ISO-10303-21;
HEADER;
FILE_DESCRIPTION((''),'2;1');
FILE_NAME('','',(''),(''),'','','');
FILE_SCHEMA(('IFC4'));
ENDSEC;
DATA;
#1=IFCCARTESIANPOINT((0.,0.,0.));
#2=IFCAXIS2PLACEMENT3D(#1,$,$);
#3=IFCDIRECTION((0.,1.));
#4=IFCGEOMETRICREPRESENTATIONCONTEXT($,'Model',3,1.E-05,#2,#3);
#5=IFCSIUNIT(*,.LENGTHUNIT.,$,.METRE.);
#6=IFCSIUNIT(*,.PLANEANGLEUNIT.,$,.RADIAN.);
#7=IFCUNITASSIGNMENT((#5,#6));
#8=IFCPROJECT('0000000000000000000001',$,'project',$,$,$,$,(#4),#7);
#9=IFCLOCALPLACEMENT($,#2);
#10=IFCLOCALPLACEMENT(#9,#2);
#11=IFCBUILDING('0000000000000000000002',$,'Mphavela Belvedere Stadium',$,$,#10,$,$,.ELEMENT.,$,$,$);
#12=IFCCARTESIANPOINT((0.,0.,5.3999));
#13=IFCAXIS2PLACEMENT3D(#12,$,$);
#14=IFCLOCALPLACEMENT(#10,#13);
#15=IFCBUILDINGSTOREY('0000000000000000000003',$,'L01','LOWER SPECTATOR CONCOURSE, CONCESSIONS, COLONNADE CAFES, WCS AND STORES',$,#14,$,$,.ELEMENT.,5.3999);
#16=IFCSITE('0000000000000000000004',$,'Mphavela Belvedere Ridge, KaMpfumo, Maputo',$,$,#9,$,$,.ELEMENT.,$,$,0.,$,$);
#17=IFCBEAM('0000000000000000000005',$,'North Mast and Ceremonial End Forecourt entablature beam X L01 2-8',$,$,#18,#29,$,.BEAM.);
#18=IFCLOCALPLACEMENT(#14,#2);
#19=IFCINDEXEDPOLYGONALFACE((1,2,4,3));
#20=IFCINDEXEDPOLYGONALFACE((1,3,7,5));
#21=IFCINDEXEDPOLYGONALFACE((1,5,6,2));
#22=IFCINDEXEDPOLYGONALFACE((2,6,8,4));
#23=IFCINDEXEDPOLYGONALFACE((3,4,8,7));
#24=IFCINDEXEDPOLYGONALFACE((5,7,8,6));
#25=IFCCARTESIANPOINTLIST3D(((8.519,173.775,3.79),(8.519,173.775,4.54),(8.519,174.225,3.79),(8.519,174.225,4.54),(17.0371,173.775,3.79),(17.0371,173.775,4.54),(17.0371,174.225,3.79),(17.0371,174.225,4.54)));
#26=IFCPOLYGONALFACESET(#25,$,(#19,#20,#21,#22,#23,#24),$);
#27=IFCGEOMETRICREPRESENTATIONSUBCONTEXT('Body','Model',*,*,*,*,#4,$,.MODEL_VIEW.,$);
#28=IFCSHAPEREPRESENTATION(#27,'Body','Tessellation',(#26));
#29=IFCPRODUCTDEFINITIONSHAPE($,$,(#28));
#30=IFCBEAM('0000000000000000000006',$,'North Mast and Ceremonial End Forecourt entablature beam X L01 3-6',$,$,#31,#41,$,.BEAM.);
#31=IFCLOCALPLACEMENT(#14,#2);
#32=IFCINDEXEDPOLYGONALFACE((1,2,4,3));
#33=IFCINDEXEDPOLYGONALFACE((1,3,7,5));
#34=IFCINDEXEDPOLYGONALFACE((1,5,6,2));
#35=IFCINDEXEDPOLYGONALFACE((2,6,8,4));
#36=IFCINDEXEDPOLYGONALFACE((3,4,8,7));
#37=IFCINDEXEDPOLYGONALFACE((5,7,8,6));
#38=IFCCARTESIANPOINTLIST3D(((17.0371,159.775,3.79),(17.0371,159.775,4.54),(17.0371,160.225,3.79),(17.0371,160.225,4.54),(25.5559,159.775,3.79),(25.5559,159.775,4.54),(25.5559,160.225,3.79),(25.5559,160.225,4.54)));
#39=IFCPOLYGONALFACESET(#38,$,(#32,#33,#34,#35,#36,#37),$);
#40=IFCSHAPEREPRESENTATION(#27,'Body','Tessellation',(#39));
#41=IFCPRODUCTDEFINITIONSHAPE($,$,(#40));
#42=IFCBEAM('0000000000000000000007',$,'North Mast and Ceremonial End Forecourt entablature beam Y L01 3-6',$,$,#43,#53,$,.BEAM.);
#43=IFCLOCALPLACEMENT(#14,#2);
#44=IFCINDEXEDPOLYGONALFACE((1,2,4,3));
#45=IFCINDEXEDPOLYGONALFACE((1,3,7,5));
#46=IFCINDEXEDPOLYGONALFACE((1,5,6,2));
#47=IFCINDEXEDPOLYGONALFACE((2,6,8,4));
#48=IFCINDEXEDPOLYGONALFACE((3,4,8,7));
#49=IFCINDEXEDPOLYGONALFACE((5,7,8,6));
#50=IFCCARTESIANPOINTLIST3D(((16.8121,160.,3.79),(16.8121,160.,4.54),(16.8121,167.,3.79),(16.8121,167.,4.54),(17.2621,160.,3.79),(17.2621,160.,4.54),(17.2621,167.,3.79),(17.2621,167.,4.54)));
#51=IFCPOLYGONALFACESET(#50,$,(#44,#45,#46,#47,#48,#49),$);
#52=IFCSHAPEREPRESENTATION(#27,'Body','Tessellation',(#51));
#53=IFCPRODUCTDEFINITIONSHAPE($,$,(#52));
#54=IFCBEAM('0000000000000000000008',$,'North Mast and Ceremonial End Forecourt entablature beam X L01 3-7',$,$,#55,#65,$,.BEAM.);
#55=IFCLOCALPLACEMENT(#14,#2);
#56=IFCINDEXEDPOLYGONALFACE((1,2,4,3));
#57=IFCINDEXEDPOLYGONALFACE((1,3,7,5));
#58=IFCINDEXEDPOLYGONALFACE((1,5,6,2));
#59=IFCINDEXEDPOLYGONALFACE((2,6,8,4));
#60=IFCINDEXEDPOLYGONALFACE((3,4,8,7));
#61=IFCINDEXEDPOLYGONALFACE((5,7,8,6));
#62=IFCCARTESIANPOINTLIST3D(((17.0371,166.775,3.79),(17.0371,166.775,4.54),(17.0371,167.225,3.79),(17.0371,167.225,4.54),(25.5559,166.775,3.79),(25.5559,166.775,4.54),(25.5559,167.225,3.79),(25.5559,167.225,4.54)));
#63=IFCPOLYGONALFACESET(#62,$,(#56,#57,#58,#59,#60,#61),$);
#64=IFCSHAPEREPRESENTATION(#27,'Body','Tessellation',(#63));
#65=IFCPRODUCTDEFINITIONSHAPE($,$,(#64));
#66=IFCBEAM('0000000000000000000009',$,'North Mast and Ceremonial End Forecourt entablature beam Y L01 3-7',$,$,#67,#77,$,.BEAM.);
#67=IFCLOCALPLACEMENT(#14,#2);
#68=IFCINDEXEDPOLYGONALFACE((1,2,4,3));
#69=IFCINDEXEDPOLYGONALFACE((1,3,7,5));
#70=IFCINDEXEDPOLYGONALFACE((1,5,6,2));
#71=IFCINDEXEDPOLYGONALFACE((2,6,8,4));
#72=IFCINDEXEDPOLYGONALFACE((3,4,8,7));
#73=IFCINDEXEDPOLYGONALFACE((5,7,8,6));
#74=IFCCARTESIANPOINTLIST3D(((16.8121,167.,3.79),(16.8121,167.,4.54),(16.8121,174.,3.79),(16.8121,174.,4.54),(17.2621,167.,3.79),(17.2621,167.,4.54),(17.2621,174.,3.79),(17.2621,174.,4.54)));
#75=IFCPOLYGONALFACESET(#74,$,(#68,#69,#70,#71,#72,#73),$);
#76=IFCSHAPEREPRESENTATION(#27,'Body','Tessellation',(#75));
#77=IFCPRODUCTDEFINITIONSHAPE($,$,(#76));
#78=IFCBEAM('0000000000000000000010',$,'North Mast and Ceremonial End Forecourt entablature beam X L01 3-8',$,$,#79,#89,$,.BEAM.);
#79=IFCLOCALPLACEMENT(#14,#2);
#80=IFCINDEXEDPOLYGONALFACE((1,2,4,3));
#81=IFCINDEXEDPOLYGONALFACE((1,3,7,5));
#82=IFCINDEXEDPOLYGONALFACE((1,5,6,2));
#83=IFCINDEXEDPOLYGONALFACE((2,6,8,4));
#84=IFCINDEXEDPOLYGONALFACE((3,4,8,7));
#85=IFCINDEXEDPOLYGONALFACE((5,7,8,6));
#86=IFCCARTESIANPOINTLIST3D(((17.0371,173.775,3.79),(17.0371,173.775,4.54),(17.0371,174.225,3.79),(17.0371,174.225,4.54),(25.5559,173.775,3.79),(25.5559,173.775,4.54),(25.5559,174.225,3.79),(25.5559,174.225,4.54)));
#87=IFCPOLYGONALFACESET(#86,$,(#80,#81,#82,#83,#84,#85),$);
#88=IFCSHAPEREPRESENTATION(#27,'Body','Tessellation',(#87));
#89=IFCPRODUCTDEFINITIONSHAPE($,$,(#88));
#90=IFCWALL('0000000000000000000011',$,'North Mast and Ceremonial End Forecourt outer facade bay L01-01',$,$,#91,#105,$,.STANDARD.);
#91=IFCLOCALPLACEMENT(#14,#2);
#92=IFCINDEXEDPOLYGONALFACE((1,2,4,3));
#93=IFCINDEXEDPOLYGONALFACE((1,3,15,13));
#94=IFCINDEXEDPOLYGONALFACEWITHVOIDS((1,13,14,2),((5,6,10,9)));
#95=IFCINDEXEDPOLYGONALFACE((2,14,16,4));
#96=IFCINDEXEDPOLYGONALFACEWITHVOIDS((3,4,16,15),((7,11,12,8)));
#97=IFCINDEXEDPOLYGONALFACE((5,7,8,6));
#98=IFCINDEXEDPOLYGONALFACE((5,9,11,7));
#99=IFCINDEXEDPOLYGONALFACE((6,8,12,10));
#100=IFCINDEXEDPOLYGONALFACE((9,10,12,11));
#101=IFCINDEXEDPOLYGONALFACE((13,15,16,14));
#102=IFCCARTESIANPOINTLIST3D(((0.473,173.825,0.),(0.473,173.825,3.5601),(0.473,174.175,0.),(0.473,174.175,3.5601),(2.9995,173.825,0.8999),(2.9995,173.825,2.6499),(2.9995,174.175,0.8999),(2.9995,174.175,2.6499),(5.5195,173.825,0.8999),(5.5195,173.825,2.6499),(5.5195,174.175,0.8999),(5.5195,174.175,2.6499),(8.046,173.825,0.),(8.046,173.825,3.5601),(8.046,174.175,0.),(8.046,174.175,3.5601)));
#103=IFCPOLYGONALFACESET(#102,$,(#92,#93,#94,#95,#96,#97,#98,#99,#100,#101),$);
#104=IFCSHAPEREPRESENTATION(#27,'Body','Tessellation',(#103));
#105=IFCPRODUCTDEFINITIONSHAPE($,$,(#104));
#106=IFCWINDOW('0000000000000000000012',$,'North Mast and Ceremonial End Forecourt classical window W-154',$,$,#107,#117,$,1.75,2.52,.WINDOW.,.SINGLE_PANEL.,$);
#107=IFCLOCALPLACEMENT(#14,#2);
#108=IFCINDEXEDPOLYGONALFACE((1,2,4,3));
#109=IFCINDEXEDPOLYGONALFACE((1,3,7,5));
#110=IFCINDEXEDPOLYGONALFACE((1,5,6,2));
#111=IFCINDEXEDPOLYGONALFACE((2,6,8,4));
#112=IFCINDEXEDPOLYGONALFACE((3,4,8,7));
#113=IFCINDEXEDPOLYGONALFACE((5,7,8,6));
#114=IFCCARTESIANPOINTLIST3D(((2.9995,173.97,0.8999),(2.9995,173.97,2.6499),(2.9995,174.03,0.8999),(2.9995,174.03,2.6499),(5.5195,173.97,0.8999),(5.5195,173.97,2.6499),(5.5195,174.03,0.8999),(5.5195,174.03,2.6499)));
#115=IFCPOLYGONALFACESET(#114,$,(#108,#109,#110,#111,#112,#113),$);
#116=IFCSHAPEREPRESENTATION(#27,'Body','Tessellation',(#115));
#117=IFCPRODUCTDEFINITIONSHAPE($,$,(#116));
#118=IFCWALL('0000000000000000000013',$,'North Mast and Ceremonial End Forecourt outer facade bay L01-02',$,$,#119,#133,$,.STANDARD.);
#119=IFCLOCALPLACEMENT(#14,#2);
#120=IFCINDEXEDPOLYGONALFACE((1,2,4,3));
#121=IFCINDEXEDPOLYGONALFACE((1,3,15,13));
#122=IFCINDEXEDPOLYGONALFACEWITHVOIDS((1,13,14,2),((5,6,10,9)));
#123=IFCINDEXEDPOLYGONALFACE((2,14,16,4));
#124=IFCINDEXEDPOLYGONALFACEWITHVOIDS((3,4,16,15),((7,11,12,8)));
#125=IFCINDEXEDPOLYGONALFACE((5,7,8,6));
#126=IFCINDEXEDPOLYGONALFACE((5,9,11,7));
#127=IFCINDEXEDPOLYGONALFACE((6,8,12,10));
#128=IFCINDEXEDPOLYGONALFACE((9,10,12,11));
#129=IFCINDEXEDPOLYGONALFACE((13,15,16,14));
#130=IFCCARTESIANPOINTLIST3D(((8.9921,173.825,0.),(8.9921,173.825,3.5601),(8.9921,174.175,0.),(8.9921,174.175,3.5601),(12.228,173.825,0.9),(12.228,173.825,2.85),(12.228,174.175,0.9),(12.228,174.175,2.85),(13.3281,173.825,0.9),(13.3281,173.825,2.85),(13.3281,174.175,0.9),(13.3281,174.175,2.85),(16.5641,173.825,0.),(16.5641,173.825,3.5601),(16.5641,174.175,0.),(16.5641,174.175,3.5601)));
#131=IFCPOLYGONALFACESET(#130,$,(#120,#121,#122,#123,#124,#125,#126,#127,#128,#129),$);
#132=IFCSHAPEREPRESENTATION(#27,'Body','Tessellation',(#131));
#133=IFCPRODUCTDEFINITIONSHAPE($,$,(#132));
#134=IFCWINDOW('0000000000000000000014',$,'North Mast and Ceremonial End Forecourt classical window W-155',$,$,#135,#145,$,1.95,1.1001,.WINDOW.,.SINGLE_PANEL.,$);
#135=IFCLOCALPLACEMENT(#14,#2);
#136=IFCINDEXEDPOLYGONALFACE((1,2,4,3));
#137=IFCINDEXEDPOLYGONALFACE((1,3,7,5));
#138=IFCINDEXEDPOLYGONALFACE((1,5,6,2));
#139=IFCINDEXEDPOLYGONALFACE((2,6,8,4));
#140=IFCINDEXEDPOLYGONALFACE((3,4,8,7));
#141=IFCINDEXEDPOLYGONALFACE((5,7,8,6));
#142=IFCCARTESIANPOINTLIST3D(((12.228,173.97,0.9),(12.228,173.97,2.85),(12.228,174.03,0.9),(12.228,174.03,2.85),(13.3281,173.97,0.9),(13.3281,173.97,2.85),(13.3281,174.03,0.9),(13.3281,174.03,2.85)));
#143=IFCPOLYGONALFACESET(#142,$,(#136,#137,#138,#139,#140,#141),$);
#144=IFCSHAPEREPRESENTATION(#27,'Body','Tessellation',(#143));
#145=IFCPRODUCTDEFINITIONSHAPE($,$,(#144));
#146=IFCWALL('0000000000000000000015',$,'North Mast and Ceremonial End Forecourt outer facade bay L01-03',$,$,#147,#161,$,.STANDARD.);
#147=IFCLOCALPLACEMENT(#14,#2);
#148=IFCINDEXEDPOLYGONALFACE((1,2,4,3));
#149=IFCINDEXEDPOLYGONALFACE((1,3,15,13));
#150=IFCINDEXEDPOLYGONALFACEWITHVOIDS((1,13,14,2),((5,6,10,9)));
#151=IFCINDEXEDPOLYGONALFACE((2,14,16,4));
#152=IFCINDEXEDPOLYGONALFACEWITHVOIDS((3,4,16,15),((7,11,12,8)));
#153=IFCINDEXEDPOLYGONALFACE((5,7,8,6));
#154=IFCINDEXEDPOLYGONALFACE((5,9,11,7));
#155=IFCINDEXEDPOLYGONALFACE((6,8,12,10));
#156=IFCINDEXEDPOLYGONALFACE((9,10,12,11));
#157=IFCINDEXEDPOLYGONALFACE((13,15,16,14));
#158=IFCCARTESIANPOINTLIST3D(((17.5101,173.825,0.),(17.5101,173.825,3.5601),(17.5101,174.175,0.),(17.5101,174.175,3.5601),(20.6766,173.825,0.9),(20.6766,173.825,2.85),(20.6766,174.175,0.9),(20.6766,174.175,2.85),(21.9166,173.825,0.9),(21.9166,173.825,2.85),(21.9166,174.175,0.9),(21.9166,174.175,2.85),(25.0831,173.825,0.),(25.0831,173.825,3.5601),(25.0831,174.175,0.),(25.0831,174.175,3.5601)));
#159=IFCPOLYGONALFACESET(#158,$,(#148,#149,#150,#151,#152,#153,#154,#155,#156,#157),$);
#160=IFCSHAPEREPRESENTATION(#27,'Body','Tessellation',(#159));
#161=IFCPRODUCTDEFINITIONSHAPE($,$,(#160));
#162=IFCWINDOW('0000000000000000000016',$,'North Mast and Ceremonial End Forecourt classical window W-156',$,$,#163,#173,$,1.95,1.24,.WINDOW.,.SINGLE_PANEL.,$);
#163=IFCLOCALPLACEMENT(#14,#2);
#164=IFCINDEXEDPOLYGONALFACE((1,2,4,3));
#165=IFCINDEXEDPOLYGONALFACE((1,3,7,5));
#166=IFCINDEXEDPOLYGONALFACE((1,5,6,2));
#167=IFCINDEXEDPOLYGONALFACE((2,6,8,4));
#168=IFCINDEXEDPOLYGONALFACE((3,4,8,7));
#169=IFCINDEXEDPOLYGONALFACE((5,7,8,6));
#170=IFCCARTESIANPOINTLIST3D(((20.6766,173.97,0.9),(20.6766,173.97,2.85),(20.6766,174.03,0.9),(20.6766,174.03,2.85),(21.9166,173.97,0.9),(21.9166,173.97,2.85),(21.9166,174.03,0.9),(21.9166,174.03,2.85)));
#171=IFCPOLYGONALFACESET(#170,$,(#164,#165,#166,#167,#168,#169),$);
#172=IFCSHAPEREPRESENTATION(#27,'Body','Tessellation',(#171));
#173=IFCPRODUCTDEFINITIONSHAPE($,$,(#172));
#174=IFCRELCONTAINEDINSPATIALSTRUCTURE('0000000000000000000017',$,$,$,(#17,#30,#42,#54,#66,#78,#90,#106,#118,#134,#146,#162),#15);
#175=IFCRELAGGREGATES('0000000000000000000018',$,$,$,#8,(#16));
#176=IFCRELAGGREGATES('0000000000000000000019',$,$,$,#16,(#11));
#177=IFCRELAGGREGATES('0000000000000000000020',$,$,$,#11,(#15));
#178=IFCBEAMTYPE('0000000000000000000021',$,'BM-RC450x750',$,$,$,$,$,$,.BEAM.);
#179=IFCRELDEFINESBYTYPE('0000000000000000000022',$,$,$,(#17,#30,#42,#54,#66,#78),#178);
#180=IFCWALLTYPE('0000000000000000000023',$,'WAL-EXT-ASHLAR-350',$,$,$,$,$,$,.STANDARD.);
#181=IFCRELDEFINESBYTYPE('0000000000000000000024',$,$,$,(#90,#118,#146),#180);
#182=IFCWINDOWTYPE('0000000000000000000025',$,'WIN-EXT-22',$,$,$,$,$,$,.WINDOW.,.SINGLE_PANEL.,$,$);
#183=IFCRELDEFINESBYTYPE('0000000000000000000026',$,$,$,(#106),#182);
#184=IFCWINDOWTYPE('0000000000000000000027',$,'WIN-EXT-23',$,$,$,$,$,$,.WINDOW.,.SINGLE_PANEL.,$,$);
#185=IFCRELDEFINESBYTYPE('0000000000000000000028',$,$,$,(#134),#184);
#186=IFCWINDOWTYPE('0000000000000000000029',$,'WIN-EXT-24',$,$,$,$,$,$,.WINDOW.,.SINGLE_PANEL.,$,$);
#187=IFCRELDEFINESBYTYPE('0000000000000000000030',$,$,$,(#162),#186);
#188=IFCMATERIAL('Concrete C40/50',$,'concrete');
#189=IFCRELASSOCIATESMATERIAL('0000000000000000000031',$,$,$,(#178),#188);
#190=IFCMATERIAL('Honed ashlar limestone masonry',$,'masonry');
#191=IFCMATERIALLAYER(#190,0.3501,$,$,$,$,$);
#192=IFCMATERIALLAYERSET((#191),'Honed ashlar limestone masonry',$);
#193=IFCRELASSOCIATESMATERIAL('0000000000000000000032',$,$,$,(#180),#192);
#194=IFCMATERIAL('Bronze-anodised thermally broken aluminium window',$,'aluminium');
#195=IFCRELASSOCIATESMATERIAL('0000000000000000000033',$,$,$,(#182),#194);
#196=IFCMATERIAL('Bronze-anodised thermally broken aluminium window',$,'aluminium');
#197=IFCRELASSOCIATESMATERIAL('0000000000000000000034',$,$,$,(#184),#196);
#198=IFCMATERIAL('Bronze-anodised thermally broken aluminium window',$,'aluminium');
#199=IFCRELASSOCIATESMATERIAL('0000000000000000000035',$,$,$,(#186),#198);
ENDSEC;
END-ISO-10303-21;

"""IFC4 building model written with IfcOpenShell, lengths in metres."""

from ifc_helpers import new_model, si_unit, direction, frame, frame_2d, origin, origin_2d, place, context, subcontext, project, spatial, rectangle, extrude, material, layer, layer_set, material_profile, profile_set, type_object, element, fill, save


model = new_model("IFC4")

# Units and contexts
model_context = context("Model", 3, precision=1e-05, world=origin(), true_north=direction((0.0, 1.0)))
body_context = subcontext(model_context, "Body", "Model", "MODEL_VIEW")
ifc_project = project(units=[si_unit("LENGTHUNIT", "METRE"), si_unit("PLANEANGLEUNIT", "RADIAN")], contexts=[model_context])

# Site, building, storey
site_placement = place(None, origin())
site = spatial("IfcSite", under=ifc_project, at=site_placement, Name="Mphavela Belvedere Ridge, KaMpfumo, Maputo", CompositionType="ELEMENT", RefElevation=0.0)
building_placement = place(site_placement, origin())
building = spatial("IfcBuilding", under=site, at=building_placement, Name="Mphavela Belvedere Stadium", CompositionType="ELEMENT")
storey_placement = place(building_placement, frame((0.0, 0.0, 5.3999)))
storey = spatial("IfcBuildingStorey", under=building, at=storey_placement, Name="L01", Description="LOWER SPECTATOR CONCOURSE, CONCESSIONS, COLONNADE CAFES, WCS AND STORES", CompositionType="ELEMENT", Elevation=5.3999)

# Beams
ifc_material_1 = material(Name="Concrete C40/50", Category="concrete")
ifc_material_profile_1 = material_profile(ifc_material_1, rectangle(XDim=0.45, YDim=0.75, at=origin_2d()), Name="RC 450x750")
ifc_profile_set_1 = profile_set([ifc_material_profile_1], Name="Concrete C40/50")
beam_type_1 = type_object("IfcBeamType", Name="BM-RC450x750", PredefinedType="BEAM", material=ifc_profile_set_1)
beam_1_placement = place(storey_placement, frame((8.519, 174.0, 4.165), z_axis=(1.0, 0.0, 0.0), x_axis=(0.0, 1.0, 0.0)))
element("IfcBeam", 1, at=beam_1_placement, inside=storey, type_object=beam_type_1, Name="North Mast and Ceremonial End Forecourt entablature beam X L01 2-8", PredefinedType="BEAM", context=body_context, shape_type="SweptSolid", body=[
    extrude(rectangle(XDim=0.45, YDim=0.75, at=origin_2d()), origin(), (0.0, 0.0, 1.0), 8.5181),
])
beam_2_placement = place(storey_placement, frame((17.0371, 160.0, 4.165), z_axis=(1.0, 0.0, 0.0), x_axis=(0.0, 1.0, 0.0)))
element("IfcBeam", 2, at=beam_2_placement, inside=storey, type_object=beam_type_1, Name="North Mast and Ceremonial End Forecourt entablature beam X L01 3-6", PredefinedType="BEAM", context=body_context, shape_type="SweptSolid", body=[
    extrude(rectangle(XDim=0.45, YDim=0.75, at=origin_2d()), origin(), (0.0, 0.0, 1.0), 8.5188),
])
beam_3_placement = place(storey_placement, frame((17.0371, 160.0, 4.165), z_axis=(0.0, 1.0, 0.0), x_axis=(-1.0, 0.0, 0.0)))
element("IfcBeam", 3, at=beam_3_placement, inside=storey, type_object=beam_type_1, Name="North Mast and Ceremonial End Forecourt entablature beam Y L01 3-6", PredefinedType="BEAM", context=body_context, shape_type="SweptSolid", body=[
    extrude(rectangle(XDim=0.45, YDim=0.75, at=origin_2d()), origin(), (0.0, 0.0, 1.0), 7.0),
])
beam_4_placement = place(storey_placement, frame((17.0371, 167.0, 4.165), z_axis=(1.0, 0.0, 0.0), x_axis=(0.0, 1.0, 0.0)))
element("IfcBeam", 4, at=beam_4_placement, inside=storey, type_object=beam_type_1, Name="North Mast and Ceremonial End Forecourt entablature beam X L01 3-7", PredefinedType="BEAM", context=body_context, shape_type="SweptSolid", body=[
    extrude(rectangle(XDim=0.45, YDim=0.75, at=origin_2d()), origin(), (0.0, 0.0, 1.0), 8.5188),
])
beam_5_placement = place(storey_placement, frame((17.0371, 167.0, 4.165), z_axis=(0.0, 1.0, 0.0), x_axis=(-1.0, 0.0, 0.0)))
element("IfcBeam", 5, at=beam_5_placement, inside=storey, type_object=beam_type_1, Name="North Mast and Ceremonial End Forecourt entablature beam Y L01 3-7", PredefinedType="BEAM", context=body_context, shape_type="SweptSolid", body=[
    extrude(rectangle(XDim=0.45, YDim=0.75, at=origin_2d()), origin(), (0.0, 0.0, 1.0), 7.0),
])
beam_6_placement = place(storey_placement, frame((17.0371, 174.0, 4.165), z_axis=(1.0, 0.0, 0.0), x_axis=(0.0, 1.0, 0.0)))
element("IfcBeam", 6, at=beam_6_placement, inside=storey, type_object=beam_type_1, Name="North Mast and Ceremonial End Forecourt entablature beam X L01 3-8", PredefinedType="BEAM", context=body_context, shape_type="SweptSolid", body=[
    extrude(rectangle(XDim=0.45, YDim=0.75, at=origin_2d()), origin(), (0.0, 0.0, 1.0), 8.5188),
])

# Walls, openings, windows
ifc_material_2 = material(Name="Honed ashlar limestone masonry", Category="masonry")
ifc_layer = layer(ifc_material_2, 0.3501)
ifc_layer_set = layer_set([ifc_layer], Name="Honed ashlar limestone masonry")
wall_type = type_object("IfcWallType", Name="WAL-EXT-ASHLAR-350", PredefinedType="STANDARD", material=ifc_layer_set)
wall_1_placement = place(storey_placement, frame((0.4729, 174.0, 0.0), z_axis=(0.0, 0.0, 1.0), x_axis=(1.0, 0.0, 0.0)))
wall_1 = element("IfcWall", 7, at=wall_1_placement, inside=storey, type_object=wall_type, Name="North Mast and Ceremonial End Forecourt outer facade bay L01-01", PredefinedType="STANDARD", context=body_context, shape_type="SweptSolid", body=[
    extrude(rectangle(XDim=7.573, YDim=0.3501, at=frame_2d((3.7866, 0.0))), origin(), (0.0, 0.0, 1.0), 3.5601),
])
opening_1_placement = place(wall_1_placement, frame((2.5266, 0.0, 0.8999)))
opening_1 = element("IfcOpeningElement", 8, at=opening_1_placement, cuts=wall_1, PredefinedType="OPENING", context=body_context, shape_type="SweptSolid", body=[
    extrude(rectangle(XDim=2.52, YDim=1.75, at=frame_2d((1.26, 0.875))), frame((0.0, 0.1851, 0.0), z_axis=(0.0, -1.0, 0.0), x_axis=(1.0, 0.0, 0.0)), (0.0, 0.0, 1.0), 0.3701),
])
ifc_material_3 = material(Name="Bronze-anodised thermally broken aluminium window", Category="aluminium")
window_type_1 = type_object("IfcWindowType", Name="WIN-EXT-22", PartitioningType="SINGLE_PANEL", PredefinedType="WINDOW", material=ifc_material_3)
window_1_placement = place(opening_1_placement, origin())
window_1 = element("IfcWindow", 9, at=window_1_placement, inside=storey, type_object=window_type_1, Name="North Mast and Ceremonial End Forecourt classical window W-154", OverallHeight=1.75, OverallWidth=2.52, PartitioningType="SINGLE_PANEL", PredefinedType="WINDOW", context=body_context, shape_type="SweptSolid", body=[
    extrude(rectangle(XDim=2.52, YDim=1.75, at=frame_2d((1.26, 0.875))), frame((0.0, 0.03, 0.0), z_axis=(0.0, -1.0, 0.0), x_axis=(1.0, 0.0, 0.0)), (0.0, 0.0, 1.0), 0.0601),
])
fill(opening_1, window_1)
wall_2_placement = place(storey_placement, frame((8.9919, 174.0, 0.0), z_axis=(0.0, 0.0, 1.0), x_axis=(1.0, 0.0, 0.0)))
wall_2 = element("IfcWall", 10, at=wall_2_placement, inside=storey, type_object=wall_type, Name="North Mast and Ceremonial End Forecourt outer facade bay L01-02", PredefinedType="STANDARD", context=body_context, shape_type="SweptSolid", body=[
    extrude(rectangle(XDim=7.572, YDim=0.3501, at=frame_2d((3.7861, 0.0))), origin(), (0.0, 0.0, 1.0), 3.5601),
])
opening_2_placement = place(wall_2_placement, frame((3.2361, 0.0, 0.8999)))
opening_2 = element("IfcOpeningElement", 11, at=opening_2_placement, cuts=wall_2, PredefinedType="OPENING", context=body_context, shape_type="SweptSolid", body=[
    extrude(rectangle(XDim=1.1001, YDim=1.95, at=frame_2d((0.55, 0.9751))), frame((0.0, 0.1851, 0.0), z_axis=(0.0, -1.0, 0.0), x_axis=(1.0, 0.0, 0.0)), (0.0, 0.0, 1.0), 0.3701),
])
ifc_material_4 = material(Name="Bronze-anodised thermally broken aluminium window", Category="aluminium")
window_type_2 = type_object("IfcWindowType", Name="WIN-EXT-23", PartitioningType="SINGLE_PANEL", PredefinedType="WINDOW", material=ifc_material_4)
window_2_placement = place(opening_2_placement, origin())
window_2 = element("IfcWindow", 12, at=window_2_placement, inside=storey, type_object=window_type_2, Name="North Mast and Ceremonial End Forecourt classical window W-155", OverallHeight=1.95, OverallWidth=1.1001, PartitioningType="SINGLE_PANEL", PredefinedType="WINDOW", context=body_context, shape_type="SweptSolid", body=[
    extrude(rectangle(XDim=1.1001, YDim=1.95, at=frame_2d((0.55, 0.9751))), frame((0.0, 0.03, 0.0), z_axis=(0.0, -1.0, 0.0), x_axis=(1.0, 0.0, 0.0)), (0.0, 0.0, 1.0), 0.0601),
])
fill(opening_2, window_2)
wall_3_placement = place(storey_placement, frame((17.51, 174.0, 0.0), z_axis=(0.0, 0.0, 1.0), x_axis=(1.0, 0.0, 0.0)))
wall_3 = element("IfcWall", 13, at=wall_3_placement, inside=storey, type_object=wall_type, Name="North Mast and Ceremonial End Forecourt outer facade bay L01-03", PredefinedType="STANDARD", context=body_context, shape_type="SweptSolid", body=[
    extrude(rectangle(XDim=7.573, YDim=0.3501, at=frame_2d((3.7866, 0.0))), origin(), (0.0, 0.0, 1.0), 3.5601),
])
opening_3_placement = place(wall_3_placement, frame((3.1665, 0.0, 0.8999)))
opening_3 = element("IfcOpeningElement", 14, at=opening_3_placement, cuts=wall_3, PredefinedType="OPENING", context=body_context, shape_type="SweptSolid", body=[
    extrude(rectangle(XDim=1.24, YDim=1.95, at=frame_2d((0.6201, 0.9751))), frame((0.0, 0.1851, 0.0), z_axis=(0.0, -1.0, 0.0), x_axis=(1.0, 0.0, 0.0)), (0.0, 0.0, 1.0), 0.3701),
])
ifc_material_5 = material(Name="Bronze-anodised thermally broken aluminium window", Category="aluminium")
window_type_3 = type_object("IfcWindowType", Name="WIN-EXT-24", PartitioningType="SINGLE_PANEL", PredefinedType="WINDOW", material=ifc_material_5)
window_3_placement = place(opening_3_placement, origin())
window_3 = element("IfcWindow", 15, at=window_3_placement, inside=storey, type_object=window_type_3, Name="North Mast and Ceremonial End Forecourt classical window W-156", OverallHeight=1.95, OverallWidth=1.24, PartitioningType="SINGLE_PANEL", PredefinedType="WINDOW", context=body_context, shape_type="SweptSolid", body=[
    extrude(rectangle(XDim=1.24, YDim=1.95, at=frame_2d((0.6201, 0.9751))), frame((0.0, 0.03, 0.0), z_axis=(0.0, -1.0, 0.0), x_axis=(1.0, 0.0, 0.0)), (0.0, 0.0, 1.0), 0.0601),
])
fill(opening_3, window_3)

save(model, "model.ifc")
